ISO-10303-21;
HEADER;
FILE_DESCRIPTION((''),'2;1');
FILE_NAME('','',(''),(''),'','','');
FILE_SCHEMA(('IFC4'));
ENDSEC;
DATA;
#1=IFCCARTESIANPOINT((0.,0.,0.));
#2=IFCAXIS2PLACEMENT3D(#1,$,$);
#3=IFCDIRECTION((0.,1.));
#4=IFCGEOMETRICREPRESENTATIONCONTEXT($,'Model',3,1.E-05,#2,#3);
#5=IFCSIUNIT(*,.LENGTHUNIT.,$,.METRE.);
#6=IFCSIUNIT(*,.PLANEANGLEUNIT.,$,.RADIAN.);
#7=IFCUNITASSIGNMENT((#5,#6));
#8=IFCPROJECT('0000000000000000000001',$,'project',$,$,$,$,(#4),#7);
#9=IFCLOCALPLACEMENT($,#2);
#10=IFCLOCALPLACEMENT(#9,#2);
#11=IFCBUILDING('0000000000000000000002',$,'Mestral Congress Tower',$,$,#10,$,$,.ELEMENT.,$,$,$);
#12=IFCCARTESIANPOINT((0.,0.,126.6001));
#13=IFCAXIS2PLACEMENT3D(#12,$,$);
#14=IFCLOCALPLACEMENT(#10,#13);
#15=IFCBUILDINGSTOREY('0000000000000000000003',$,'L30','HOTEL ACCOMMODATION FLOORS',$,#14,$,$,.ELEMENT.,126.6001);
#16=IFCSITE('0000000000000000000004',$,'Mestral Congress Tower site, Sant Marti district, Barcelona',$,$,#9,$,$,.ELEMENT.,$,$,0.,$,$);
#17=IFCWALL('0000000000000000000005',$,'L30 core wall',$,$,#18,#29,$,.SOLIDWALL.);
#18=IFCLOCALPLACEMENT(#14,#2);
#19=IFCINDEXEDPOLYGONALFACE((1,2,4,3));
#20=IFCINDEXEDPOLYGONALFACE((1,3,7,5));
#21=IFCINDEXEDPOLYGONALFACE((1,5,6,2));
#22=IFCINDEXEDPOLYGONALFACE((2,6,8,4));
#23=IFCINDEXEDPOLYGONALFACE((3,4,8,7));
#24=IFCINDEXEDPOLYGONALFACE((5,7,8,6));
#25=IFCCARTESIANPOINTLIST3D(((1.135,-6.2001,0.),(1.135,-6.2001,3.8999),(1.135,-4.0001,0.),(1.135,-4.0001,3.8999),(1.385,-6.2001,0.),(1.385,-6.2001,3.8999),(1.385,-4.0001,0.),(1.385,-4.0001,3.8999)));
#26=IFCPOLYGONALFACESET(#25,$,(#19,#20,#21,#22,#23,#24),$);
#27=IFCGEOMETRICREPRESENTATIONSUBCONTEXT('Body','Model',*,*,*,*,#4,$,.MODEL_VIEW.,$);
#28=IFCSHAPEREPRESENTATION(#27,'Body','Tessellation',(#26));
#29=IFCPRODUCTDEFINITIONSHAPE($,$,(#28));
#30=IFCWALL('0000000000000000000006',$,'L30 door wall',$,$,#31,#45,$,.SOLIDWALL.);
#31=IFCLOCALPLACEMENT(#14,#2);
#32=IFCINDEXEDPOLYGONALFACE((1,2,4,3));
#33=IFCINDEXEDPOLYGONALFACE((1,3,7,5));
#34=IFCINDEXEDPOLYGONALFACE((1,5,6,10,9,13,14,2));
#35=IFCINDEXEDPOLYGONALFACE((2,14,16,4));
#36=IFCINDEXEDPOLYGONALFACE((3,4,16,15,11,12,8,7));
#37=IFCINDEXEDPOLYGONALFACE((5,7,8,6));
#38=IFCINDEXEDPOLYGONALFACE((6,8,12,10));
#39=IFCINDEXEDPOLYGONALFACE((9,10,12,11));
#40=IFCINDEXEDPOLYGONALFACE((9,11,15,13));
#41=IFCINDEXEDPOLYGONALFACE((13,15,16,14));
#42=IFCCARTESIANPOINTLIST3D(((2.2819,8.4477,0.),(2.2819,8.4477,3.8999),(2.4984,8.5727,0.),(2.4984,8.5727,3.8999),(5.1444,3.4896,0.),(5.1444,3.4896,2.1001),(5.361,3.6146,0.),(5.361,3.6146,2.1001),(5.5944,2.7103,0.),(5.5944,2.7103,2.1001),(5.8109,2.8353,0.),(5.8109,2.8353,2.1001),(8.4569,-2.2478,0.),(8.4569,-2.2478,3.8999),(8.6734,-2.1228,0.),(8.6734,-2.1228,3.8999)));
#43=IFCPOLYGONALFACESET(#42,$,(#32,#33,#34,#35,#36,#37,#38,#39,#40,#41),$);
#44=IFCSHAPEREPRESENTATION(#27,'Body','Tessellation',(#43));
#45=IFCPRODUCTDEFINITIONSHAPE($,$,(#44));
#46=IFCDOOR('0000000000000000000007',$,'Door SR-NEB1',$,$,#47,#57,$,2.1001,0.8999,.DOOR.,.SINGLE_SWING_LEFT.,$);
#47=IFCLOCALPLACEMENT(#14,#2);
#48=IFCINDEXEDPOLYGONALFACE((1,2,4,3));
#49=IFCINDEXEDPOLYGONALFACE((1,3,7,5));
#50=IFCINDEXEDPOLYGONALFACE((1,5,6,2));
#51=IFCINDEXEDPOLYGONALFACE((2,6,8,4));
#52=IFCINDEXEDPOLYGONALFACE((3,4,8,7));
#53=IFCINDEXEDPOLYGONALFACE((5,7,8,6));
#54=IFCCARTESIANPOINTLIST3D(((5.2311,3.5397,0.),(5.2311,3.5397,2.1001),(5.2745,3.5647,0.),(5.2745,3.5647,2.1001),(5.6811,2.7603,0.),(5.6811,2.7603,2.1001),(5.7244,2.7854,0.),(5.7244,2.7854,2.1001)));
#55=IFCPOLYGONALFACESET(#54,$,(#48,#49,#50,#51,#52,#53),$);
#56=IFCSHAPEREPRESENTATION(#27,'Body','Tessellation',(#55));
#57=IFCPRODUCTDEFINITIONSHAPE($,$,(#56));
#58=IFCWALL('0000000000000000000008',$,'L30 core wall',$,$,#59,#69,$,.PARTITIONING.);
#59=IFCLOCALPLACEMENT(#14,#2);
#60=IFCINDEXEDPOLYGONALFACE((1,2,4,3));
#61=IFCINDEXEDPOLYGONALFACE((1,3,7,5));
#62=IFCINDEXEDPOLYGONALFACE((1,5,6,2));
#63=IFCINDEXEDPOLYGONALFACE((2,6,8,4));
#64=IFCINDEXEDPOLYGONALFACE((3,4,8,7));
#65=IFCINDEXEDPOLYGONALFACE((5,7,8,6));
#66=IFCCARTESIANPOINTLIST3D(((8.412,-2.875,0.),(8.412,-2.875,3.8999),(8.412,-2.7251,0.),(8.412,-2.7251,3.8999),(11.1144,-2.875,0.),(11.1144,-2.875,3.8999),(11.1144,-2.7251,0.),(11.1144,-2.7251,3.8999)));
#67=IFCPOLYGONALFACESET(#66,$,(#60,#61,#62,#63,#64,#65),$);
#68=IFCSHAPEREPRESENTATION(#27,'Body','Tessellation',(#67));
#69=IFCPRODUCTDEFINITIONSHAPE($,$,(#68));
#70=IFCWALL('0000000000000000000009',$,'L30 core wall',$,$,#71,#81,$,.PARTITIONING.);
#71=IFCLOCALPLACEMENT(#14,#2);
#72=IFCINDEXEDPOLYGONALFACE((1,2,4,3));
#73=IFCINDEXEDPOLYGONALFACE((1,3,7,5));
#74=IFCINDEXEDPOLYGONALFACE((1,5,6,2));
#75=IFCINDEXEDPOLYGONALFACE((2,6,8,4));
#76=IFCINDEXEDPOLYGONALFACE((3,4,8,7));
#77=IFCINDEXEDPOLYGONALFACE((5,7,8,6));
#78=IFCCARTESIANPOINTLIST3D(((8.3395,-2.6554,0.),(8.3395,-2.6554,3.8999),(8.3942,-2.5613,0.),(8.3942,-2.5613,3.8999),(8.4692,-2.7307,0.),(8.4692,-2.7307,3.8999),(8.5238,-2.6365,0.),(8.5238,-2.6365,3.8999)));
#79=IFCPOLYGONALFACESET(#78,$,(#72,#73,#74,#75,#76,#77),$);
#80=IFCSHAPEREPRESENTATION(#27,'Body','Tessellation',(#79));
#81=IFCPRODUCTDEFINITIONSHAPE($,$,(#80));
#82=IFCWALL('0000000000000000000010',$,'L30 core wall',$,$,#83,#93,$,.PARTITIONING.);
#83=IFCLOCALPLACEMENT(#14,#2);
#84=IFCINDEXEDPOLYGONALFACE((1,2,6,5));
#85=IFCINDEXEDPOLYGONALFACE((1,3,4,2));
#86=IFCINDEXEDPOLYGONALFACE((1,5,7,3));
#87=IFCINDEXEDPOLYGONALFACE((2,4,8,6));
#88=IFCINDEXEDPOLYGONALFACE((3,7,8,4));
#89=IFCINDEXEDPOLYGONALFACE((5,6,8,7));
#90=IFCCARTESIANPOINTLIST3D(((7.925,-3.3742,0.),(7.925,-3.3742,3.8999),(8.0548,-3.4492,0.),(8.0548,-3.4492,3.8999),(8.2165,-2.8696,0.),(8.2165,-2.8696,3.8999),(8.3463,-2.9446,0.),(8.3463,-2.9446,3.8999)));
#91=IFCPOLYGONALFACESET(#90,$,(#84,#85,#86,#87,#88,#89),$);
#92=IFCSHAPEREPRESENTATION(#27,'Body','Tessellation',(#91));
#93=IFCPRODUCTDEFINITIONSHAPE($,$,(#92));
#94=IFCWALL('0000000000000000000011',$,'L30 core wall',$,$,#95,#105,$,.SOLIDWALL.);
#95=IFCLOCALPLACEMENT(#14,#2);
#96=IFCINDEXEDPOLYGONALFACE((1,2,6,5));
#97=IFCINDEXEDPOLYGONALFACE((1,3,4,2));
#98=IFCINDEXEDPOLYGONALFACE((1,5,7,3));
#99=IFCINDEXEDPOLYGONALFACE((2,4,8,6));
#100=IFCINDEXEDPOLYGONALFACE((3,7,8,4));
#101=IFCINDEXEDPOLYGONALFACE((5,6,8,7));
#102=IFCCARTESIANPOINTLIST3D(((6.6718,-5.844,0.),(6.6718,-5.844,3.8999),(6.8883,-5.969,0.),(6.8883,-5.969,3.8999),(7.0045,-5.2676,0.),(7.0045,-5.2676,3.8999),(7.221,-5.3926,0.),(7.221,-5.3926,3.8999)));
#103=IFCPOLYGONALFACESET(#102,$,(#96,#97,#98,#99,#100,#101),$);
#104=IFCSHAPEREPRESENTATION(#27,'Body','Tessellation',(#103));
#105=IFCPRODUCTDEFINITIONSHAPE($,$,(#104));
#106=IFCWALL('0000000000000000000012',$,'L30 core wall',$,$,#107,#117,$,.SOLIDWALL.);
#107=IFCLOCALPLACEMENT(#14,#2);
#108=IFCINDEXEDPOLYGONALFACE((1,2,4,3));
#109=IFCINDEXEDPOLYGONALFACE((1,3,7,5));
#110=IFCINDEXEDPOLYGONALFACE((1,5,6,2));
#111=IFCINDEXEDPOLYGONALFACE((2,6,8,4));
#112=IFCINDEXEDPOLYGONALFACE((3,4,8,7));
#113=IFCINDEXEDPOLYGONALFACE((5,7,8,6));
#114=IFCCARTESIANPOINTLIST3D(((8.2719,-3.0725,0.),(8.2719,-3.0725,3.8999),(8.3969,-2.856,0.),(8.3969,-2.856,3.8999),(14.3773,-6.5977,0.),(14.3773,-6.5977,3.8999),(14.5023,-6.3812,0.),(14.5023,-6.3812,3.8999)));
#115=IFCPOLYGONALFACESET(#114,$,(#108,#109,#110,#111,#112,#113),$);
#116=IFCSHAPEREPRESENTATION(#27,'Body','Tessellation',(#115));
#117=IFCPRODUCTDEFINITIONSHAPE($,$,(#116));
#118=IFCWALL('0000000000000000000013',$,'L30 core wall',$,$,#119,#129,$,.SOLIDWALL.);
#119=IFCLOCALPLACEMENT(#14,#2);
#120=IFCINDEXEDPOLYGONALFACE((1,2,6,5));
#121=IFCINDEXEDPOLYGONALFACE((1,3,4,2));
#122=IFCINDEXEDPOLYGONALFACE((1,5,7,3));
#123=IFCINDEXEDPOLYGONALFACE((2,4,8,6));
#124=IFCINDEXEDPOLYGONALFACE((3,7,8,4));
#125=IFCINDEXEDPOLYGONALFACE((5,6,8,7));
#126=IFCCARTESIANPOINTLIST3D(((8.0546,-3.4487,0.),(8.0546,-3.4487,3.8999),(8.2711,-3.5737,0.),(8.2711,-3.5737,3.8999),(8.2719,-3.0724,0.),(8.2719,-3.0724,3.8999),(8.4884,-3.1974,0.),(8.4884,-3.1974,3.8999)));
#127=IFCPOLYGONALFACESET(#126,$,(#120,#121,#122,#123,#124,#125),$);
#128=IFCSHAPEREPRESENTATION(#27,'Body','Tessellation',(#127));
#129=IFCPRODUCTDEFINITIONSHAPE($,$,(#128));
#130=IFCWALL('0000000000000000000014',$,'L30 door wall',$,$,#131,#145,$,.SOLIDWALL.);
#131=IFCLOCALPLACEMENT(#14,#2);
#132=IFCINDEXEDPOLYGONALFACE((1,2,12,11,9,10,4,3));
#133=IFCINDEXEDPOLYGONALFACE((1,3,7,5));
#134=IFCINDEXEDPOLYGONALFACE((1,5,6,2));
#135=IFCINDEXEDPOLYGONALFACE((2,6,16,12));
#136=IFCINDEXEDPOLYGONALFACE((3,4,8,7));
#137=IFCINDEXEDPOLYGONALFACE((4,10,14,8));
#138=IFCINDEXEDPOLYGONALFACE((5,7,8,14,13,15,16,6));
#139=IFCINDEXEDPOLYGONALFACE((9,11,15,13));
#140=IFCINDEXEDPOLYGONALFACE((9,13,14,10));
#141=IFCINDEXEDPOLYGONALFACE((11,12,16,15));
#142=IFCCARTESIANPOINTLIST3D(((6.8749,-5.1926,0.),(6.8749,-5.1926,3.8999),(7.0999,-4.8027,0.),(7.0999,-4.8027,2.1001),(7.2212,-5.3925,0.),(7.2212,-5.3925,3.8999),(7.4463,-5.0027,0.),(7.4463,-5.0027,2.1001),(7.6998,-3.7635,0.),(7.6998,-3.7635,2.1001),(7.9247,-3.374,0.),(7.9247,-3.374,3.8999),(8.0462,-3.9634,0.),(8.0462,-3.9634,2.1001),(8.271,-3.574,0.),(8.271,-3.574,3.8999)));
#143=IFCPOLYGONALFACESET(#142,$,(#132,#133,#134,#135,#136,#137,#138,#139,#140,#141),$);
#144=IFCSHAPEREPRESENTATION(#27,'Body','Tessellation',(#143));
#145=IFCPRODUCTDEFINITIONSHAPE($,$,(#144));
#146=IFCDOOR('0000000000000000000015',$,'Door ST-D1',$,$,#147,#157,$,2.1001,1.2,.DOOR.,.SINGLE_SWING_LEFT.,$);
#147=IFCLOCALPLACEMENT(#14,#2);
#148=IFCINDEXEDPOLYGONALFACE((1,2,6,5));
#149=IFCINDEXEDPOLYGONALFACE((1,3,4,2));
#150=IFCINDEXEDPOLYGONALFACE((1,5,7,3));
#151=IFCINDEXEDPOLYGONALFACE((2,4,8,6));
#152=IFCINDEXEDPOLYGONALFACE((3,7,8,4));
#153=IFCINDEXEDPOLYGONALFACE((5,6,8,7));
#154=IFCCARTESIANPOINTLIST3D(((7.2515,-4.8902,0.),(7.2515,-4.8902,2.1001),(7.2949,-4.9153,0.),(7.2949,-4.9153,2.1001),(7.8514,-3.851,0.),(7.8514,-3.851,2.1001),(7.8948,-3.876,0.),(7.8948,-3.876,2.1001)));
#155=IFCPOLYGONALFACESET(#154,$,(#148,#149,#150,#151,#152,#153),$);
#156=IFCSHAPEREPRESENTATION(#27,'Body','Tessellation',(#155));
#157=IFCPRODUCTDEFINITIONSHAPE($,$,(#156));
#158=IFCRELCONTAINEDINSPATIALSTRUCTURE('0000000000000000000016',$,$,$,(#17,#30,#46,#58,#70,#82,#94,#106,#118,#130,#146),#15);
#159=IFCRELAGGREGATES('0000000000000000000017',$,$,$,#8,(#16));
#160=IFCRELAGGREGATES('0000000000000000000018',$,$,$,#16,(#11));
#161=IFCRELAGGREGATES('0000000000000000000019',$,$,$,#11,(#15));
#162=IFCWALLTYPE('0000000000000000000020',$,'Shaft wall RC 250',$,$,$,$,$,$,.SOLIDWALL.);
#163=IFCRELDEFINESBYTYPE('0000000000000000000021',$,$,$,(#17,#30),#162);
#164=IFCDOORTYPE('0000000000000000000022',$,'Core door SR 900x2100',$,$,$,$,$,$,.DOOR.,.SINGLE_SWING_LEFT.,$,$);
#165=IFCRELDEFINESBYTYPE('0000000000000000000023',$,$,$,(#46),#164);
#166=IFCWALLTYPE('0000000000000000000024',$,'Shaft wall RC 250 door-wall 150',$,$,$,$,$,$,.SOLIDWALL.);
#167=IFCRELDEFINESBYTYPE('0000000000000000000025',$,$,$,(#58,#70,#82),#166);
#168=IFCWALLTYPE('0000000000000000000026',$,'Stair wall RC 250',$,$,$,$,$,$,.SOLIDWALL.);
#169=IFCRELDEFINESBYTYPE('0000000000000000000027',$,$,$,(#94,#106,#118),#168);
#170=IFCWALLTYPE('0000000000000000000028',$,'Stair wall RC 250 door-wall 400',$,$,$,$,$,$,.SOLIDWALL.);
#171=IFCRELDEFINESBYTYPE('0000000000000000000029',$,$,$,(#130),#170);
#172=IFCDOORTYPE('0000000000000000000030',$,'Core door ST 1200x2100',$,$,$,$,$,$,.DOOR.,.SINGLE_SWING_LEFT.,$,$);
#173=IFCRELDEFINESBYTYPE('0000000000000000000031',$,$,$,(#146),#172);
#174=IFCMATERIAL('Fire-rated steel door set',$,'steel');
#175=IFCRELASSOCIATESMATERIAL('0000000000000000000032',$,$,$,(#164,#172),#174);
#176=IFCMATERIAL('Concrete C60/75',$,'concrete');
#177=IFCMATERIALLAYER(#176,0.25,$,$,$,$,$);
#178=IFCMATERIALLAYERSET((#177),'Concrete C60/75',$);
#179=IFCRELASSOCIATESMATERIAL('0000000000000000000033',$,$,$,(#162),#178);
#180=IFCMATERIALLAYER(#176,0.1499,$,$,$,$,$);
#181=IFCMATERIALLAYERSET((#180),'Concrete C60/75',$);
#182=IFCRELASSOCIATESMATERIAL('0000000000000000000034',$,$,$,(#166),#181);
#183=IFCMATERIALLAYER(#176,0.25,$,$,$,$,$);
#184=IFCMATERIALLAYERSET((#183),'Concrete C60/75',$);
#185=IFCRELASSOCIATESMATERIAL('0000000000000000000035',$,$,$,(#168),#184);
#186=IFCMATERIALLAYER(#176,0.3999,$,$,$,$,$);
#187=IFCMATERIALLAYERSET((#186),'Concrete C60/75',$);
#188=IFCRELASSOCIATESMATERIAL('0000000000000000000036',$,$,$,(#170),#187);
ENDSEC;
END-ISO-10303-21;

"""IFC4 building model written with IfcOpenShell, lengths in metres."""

from ifc_helpers import new_model, si_unit, direction, frame, frame_2d, origin, place, context, subcontext, project, spatial, rectangle, extrude, material, layer, layer_set, type_object, element, fill, save


model = new_model("IFC4")

# Units and contexts
model_context = context("Model", 3, precision=1e-05, world=origin(), true_north=direction((0.0, 1.0)))
body_context = subcontext(model_context, "Body", "Model", "MODEL_VIEW")
ifc_project = project(units=[si_unit("LENGTHUNIT", "METRE"), si_unit("PLANEANGLEUNIT", "RADIAN")], contexts=[model_context])

# Site, building, storey
site_placement = place(None, origin())
site = spatial("IfcSite", under=ifc_project, at=site_placement, Name="Mestral Congress Tower site, Sant Marti district, Barcelona", CompositionType="ELEMENT", RefElevation=0.0)
building_placement = place(site_placement, origin())
building = spatial("IfcBuilding", under=site, at=building_placement, Name="Mestral Congress Tower", CompositionType="ELEMENT")
storey_placement = place(building_placement, frame((0.0, 0.0, 126.6001)))
storey = spatial("IfcBuildingStorey", under=building, at=storey_placement, Name="L30", Description="HOTEL ACCOMMODATION FLOORS", CompositionType="ELEMENT", Elevation=126.6001)

# Shared definitions
ifc_material_1 = material(Name="Fire-rated steel door set", Category="steel")
door_type_1 = type_object("IfcDoorType", Name="Core door SR 900x2100", OperationType="SINGLE_SWING_LEFT", PredefinedType="DOOR", material=ifc_material_1)

# Wall
ifc_material_2 = material(Name="Concrete C60/75", Category="concrete")
ifc_layer_1 = layer(ifc_material_2, 0.25)
ifc_layer_set_1 = layer_set([ifc_layer_1], Name="Concrete C60/75")
wall_type_1 = type_object("IfcWallType", Name="Shaft wall RC 250", PredefinedType="SOLIDWALL", material=ifc_layer_set_1)
for number, where, z_axis, x_axis, name in (
    (1, (1.26, -4.0, 0.0), (0.0, 0.0, 1.0), (0.0, -1.0, 0.0), "L30 core wall"),
):
    element("IfcWall", number, at=place(storey_placement, frame(where, z_axis=z_axis, x_axis=x_axis)), inside=storey, type_object=wall_type_1, Name=name, PredefinedType="SOLIDWALL", context=body_context, shape_type="SweptSolid", body=[
        extrude(rectangle(XDim=2.2, YDim=0.25, at=frame_2d((1.1001, 0.0))), origin(), (0.0, 0.0, 1.0), 3.8999),
    ])

# Wall, opening, door
wall_1_placement = place(storey_placement, frame((8.5652, -2.1853, 0.0), z_axis=(0.0, 0.0, 1.0), x_axis=(-0.499998, 0.866027, 0.0)))
wall_1 = element("IfcWall", 2, at=wall_1_placement, inside=storey, type_object=wall_type_1, Name="L30 door wall", PredefinedType="SOLIDWALL", context=body_context, shape_type="SweptSolid", body=[
    extrude(rectangle(XDim=12.3501, YDim=0.25, at=frame_2d((6.175, 0.0))), origin(), (0.0, 0.0, 1.0), 3.8999),
])
opening_1_placement = place(wall_1_placement, frame((5.7251, 0.0, 0.0)))
opening_1 = element("IfcOpeningElement", 3, at=opening_1_placement, cuts=wall_1, PredefinedType="OPENING", context=body_context, shape_type="SweptSolid", body=[
    extrude(rectangle(XDim=0.8999, YDim=2.1001, at=frame_2d((0.45, 1.05))), frame((0.0, 0.135, 0.0), z_axis=(0.0, -1.0, 0.0), x_axis=(1.0, 0.0, 0.0)), (0.0, 0.0, 1.0), 0.27),
])
door_1_placement = place(opening_1_placement, origin())
door_1 = element("IfcDoor", 4, at=door_1_placement, inside=storey, type_object=door_type_1, Name="Door SR-NEB1", OperationType="SINGLE_SWING_LEFT", OverallHeight=2.1001, OverallWidth=0.8999, PredefinedType="DOOR", context=body_context, shape_type="SweptSolid", body=[
    extrude(rectangle(XDim=0.8999, YDim=2.1001, at=frame_2d((0.45, 1.05))), frame((0.0, 0.0249, 0.0), z_axis=(0.0, -1.0, 0.0), x_axis=(1.0, 0.0, 0.0)), (0.0, 0.0, 1.0), 0.05),
])
fill(opening_1, door_1)

# Walls
ifc_layer_2 = layer(ifc_material_2, 0.1499)
ifc_layer_set_2 = layer_set([ifc_layer_2], Name="Concrete C60/75")
wall_type_2 = type_object("IfcWallType", Name="Shaft wall RC 250 door-wall 150", PredefinedType="SOLIDWALL", material=ifc_layer_set_2)
wall_2_placement = place(storey_placement, frame((8.4121, -2.8, 0.0), z_axis=(0.0, 0.0, 1.0), x_axis=(1.0, 0.0, 0.0)))
element("IfcWall", 5, at=wall_2_placement, inside=storey, type_object=wall_type_2, Name="L30 core wall", PredefinedType="PARTITIONING", context=body_context, shape_type="SweptSolid", body=[
    extrude(rectangle(XDim=2.7024, YDim=0.1499, at=frame_2d((1.3511, 0.0))), origin(), (0.0, 0.0, 1.0), 3.8999),
])
wall_3_placement = place(storey_placement, frame((8.459, -2.5989, 0.0), z_axis=(0.0, 0.0, 1.0), x_axis=(-0.501919, -0.864914, 0.0)))
element("IfcWall", 6, at=wall_3_placement, inside=storey, type_object=wall_type_2, Name="L30 core wall", PredefinedType="PARTITIONING", context=body_context, shape_type="SweptSolid", body=[
    extrude(rectangle(XDim=0.1089, YDim=0.1499, at=frame_2d((0.0544, 0.0))), origin(), (0.0, 0.0, 1.0), 3.8999),
])
wall_4_placement = place(storey_placement, frame((8.2815, -2.907, 0.0), z_axis=(0.0, 0.0, 1.0), x_axis=(-0.500194, -0.865913, 0.0)))
element("IfcWall", 7, at=wall_4_placement, inside=storey, type_object=wall_type_2, Name="L30 core wall", PredefinedType="PARTITIONING", context=body_context, shape_type="SweptSolid", body=[
    extrude(rectangle(XDim=0.5828, YDim=0.1499, at=frame_2d((0.2915, 0.0))), origin(), (0.0, 0.0, 1.0), 3.8999),
])
ifc_layer_3 = layer(ifc_material_2, 0.25)
ifc_layer_set_3 = layer_set([ifc_layer_3], Name="Concrete C60/75")
wall_type_3 = type_object("IfcWallType", Name="Stair wall RC 250", PredefinedType="SOLIDWALL", material=ifc_layer_set_3)
wall_5_placement = place(storey_placement, frame((7.1128, -5.3301, 0.0), z_axis=(0.0, 0.0, 1.0), x_axis=(-0.499966, -0.866045, 0.0)))
element("IfcWall", 8, at=wall_5_placement, inside=storey, type_object=wall_type_3, Name="L30 core wall", PredefinedType="SOLIDWALL", context=body_context, shape_type="SweptSolid", body=[
    extrude(rectangle(XDim=0.6655, YDim=0.25, at=frame_2d((0.3328, 0.0))), origin(), (0.0, 0.0, 1.0), 3.8999),
])
wall_6_placement = place(storey_placement, frame((8.3345, -2.9644, 0.0), z_axis=(0.0, 0.0, 1.0), x_axis=(0.866016, -0.500016, 0.0)))
element("IfcWall", 9, at=wall_6_placement, inside=storey, type_object=wall_type_3, Name="L30 core wall", PredefinedType="SOLIDWALL", context=body_context, shape_type="SweptSolid", body=[
    extrude(rectangle(XDim=7.05, YDim=0.25, at=frame_2d((3.5249, 0.0))), origin(), (0.0, 0.0, 1.0), 3.8999),
])
wall_7_placement = place(storey_placement, frame((8.1628, -3.5112, 0.0), z_axis=(0.0, 0.0, 1.0), x_axis=(0.500128, 0.865952, 0.0)))
element("IfcWall", 10, at=wall_7_placement, inside=storey, type_object=wall_type_3, Name="L30 core wall", PredefinedType="SOLIDWALL", context=body_context, shape_type="SweptSolid", body=[
    extrude(rectangle(XDim=0.4346, YDim=0.25, at=frame_2d((0.2173, 0.0))), origin(), (0.0, 0.0, 1.0), 3.8999),
])

# Wall, opening, door
ifc_layer_4 = layer(ifc_material_2, 0.3999)
ifc_layer_set_4 = layer_set([ifc_layer_4], Name="Concrete C60/75")
wall_type_4 = type_object("IfcWallType", Name="Stair wall RC 250 door-wall 400", PredefinedType="SOLIDWALL", material=ifc_layer_set_4)
wall_8_placement = place(storey_placement, frame((7.0481, -5.2925, 0.0), z_axis=(0.0, 0.0, 1.0), x_axis=(0.499941, 0.86606, 0.0)))
wall_8 = element("IfcWall", 11, at=wall_8_placement, inside=storey, type_object=wall_type_4, Name="L30 door wall", PredefinedType="SOLIDWALL", context=body_context, shape_type="SweptSolid", body=[
    extrude(rectangle(XDim=2.0999, YDim=0.3999, at=frame_2d((1.0498, 0.0))), origin(), (0.0, 0.0, 1.0), 3.8999),
])
opening_2_placement = place(wall_8_placement, frame((0.45, 0.0, 0.0)))
opening_2 = element("IfcOpeningElement", 12, at=opening_2_placement, cuts=wall_8, PredefinedType="OPENING", context=body_context, shape_type="SweptSolid", body=[
    extrude(rectangle(XDim=1.2, YDim=2.1001, at=frame_2d((0.6001, 1.05))), frame((0.0, 0.21, 0.0), z_axis=(0.0, -1.0, 0.0), x_axis=(1.0, 0.0, 0.0)), (0.0, 0.0, 1.0), 0.4199),
])
door_type_2 = type_object("IfcDoorType", Name="Core door ST 1200x2100", OperationType="SINGLE_SWING_LEFT", PredefinedType="DOOR", material=ifc_material_1)
door_2_placement = place(opening_2_placement, origin())
door_2 = element("IfcDoor", 13, at=door_2_placement, inside=storey, type_object=door_type_2, Name="Door ST-D1", OperationType="SINGLE_SWING_LEFT", OverallHeight=2.1001, OverallWidth=1.2, PredefinedType="DOOR", context=body_context, shape_type="SweptSolid", body=[
    extrude(rectangle(XDim=1.2, YDim=2.1001, at=frame_2d((0.6001, 1.05))), frame((0.0, 0.0249, 0.0), z_axis=(0.0, -1.0, 0.0), x_axis=(1.0, 0.0, 0.0)), (0.0, 0.0, 1.0), 0.05),
])
fill(opening_2, door_2)

save(model, "model.ifc")
